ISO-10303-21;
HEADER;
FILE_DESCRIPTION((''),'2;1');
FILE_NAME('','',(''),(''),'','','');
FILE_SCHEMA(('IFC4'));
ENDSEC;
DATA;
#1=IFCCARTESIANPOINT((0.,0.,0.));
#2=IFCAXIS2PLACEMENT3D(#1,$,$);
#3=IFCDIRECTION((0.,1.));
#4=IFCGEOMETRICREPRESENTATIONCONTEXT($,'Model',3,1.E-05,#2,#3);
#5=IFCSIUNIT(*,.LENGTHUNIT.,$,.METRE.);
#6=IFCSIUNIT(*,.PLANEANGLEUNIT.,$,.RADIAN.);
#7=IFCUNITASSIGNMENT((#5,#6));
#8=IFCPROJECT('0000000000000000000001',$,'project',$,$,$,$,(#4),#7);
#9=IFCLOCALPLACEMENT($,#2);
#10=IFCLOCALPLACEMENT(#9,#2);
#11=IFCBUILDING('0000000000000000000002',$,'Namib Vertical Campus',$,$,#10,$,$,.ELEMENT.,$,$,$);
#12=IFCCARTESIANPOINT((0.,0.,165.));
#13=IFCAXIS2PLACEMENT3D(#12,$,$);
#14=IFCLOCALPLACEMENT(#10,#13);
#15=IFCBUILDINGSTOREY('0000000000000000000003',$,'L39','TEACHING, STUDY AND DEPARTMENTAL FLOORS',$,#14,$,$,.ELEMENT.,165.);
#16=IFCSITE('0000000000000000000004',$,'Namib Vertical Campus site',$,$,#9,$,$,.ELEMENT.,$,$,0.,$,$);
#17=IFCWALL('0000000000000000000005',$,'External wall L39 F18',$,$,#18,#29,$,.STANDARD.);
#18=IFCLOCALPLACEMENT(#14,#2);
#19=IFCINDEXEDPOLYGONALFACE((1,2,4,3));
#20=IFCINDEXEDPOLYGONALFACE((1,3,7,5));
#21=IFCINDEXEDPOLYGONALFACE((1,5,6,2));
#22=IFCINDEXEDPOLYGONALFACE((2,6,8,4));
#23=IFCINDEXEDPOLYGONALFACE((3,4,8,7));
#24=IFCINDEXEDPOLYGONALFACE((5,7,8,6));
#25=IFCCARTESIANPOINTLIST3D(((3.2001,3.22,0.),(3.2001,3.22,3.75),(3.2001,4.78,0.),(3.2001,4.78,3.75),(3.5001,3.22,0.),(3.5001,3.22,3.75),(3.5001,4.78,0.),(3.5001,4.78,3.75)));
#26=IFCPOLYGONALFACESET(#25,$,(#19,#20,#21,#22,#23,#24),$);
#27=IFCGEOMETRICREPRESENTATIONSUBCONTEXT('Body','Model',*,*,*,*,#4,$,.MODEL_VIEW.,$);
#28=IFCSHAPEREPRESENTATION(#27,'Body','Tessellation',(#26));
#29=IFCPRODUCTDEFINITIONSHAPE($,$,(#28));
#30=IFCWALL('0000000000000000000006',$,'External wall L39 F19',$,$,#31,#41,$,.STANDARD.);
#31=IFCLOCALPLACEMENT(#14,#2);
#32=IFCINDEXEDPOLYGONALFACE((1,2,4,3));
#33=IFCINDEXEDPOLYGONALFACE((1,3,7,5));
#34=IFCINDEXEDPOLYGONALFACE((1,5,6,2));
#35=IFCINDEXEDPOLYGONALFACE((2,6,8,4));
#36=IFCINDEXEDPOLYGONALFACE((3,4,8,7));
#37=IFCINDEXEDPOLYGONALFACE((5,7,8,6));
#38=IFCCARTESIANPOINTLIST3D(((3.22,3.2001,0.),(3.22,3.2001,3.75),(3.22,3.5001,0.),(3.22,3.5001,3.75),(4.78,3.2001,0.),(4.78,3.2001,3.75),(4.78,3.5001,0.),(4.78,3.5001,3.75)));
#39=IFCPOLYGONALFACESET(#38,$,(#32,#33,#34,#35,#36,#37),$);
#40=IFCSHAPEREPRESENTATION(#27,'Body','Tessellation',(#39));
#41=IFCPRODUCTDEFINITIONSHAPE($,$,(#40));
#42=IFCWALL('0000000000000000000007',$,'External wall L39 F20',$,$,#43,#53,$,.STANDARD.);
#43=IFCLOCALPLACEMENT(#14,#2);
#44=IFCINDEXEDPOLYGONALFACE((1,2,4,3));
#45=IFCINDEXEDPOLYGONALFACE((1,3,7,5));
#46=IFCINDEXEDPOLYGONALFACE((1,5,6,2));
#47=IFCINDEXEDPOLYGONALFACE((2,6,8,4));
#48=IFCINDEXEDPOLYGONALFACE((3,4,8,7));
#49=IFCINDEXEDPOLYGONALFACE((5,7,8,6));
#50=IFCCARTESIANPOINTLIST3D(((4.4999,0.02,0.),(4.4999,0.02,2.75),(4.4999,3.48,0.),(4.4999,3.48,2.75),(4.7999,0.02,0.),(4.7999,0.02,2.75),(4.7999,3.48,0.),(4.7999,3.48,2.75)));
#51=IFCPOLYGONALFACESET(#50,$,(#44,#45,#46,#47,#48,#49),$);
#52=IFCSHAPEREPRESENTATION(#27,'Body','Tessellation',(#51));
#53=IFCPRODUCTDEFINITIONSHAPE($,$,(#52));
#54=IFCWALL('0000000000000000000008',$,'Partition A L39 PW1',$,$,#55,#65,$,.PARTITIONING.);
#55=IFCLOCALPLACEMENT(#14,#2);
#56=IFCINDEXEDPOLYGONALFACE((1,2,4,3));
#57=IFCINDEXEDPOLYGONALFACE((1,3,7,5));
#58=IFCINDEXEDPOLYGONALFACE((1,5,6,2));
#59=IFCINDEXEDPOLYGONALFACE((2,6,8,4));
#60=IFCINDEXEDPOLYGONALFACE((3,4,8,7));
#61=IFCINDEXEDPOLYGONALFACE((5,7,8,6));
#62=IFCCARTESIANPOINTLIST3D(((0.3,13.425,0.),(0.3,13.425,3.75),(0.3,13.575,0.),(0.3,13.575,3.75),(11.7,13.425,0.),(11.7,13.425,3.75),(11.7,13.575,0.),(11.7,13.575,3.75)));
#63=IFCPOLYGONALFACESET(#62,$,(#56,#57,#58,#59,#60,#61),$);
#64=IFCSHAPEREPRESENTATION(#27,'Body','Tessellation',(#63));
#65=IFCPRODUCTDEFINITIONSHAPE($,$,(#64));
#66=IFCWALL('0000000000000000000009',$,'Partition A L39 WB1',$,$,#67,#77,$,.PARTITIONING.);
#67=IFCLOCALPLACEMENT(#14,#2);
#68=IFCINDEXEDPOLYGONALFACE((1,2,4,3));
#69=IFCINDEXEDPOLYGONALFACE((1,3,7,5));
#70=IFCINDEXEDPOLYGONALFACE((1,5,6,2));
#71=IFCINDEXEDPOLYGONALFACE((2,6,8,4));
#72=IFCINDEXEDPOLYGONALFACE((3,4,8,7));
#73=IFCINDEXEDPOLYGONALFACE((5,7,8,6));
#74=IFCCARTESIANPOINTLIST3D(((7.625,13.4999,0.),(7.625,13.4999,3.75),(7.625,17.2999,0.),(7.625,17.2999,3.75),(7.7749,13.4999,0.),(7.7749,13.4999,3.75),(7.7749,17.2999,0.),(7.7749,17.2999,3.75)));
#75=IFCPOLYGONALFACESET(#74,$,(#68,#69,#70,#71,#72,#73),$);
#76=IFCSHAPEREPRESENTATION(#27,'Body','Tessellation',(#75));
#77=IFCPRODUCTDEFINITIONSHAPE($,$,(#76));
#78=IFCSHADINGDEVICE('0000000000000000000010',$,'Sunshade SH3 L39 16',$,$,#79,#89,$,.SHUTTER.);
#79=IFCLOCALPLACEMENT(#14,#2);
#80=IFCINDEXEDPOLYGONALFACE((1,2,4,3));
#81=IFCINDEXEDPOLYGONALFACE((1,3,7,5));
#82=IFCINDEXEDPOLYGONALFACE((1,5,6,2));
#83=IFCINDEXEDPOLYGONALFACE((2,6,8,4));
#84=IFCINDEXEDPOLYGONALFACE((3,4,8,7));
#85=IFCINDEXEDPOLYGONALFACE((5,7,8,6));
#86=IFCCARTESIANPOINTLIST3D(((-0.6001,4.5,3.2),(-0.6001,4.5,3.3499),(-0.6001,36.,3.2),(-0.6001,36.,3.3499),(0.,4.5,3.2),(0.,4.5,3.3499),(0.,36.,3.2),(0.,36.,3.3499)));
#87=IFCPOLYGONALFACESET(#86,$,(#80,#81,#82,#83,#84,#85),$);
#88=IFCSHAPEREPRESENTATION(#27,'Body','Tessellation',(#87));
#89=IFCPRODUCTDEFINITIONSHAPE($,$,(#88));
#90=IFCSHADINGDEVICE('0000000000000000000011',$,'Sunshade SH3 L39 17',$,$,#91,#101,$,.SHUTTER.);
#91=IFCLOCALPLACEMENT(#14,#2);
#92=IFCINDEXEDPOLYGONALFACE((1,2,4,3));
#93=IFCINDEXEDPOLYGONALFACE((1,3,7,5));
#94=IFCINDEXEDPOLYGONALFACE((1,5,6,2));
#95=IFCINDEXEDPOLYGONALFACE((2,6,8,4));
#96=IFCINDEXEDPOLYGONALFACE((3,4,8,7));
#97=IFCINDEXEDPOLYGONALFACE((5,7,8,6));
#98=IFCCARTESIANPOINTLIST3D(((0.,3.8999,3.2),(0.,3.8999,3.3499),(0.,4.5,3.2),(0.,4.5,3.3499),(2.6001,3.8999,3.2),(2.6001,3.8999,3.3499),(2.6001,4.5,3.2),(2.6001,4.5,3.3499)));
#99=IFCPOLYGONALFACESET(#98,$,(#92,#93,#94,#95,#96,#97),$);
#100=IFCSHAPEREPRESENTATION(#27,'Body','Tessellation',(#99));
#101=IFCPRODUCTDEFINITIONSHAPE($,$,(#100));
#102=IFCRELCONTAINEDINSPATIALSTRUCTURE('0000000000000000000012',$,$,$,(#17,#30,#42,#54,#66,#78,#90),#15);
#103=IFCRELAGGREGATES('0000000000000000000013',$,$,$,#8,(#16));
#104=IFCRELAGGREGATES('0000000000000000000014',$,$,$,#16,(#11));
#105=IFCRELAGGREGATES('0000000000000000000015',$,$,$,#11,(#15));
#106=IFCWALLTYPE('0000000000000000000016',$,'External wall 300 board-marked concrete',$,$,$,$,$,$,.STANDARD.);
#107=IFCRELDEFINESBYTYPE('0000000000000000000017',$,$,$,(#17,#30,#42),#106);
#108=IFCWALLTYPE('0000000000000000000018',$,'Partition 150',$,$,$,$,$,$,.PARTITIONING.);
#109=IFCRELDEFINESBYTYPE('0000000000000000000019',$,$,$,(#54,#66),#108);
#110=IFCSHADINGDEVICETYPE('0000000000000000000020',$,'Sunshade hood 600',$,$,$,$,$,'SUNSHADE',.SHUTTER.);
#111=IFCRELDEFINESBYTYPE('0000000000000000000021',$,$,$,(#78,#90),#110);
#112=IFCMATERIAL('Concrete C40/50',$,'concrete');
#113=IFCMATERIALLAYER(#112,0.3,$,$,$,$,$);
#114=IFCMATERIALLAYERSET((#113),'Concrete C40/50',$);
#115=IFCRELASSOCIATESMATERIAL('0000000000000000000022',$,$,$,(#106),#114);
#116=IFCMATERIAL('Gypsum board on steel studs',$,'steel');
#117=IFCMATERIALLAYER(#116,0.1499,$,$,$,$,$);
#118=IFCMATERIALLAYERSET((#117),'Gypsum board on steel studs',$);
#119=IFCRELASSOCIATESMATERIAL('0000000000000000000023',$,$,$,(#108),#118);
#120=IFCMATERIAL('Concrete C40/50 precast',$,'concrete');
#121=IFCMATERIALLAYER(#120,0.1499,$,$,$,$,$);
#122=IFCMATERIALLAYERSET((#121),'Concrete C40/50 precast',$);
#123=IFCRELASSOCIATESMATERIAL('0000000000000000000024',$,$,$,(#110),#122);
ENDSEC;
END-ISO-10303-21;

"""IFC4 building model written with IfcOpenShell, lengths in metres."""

from ifc_helpers import new_model, si_unit, direction, frame, frame_2d, origin, origin_2d, place, context, subcontext, project, spatial, rectangle, extrude, material, layer, layer_set, type_object, element, save


model = new_model("IFC4")

# Units and contexts
model_context = context("Model", 3, precision=1e-05, world=origin(), true_north=direction((0.0, 1.0)))
body_context = subcontext(model_context, "Body", "Model", "MODEL_VIEW")
ifc_project = project(units=[si_unit("LENGTHUNIT", "METRE"), si_unit("PLANEANGLEUNIT", "RADIAN")], contexts=[model_context])

# Site, building, storey
site_placement = place(None, origin())
site = spatial("IfcSite", under=ifc_project, at=site_placement, Name="Namib Vertical Campus site", CompositionType="ELEMENT", RefElevation=0.0)
building_placement = place(site_placement, origin())
building = spatial("IfcBuilding", under=site, at=building_placement, Name="Namib Vertical Campus", CompositionType="ELEMENT")
storey_placement = place(building_placement, frame((0.0, 0.0, 165.0)))
storey = spatial("IfcBuildingStorey", under=building, at=storey_placement, Name="L39", Description="TEACHING, STUDY AND DEPARTMENTAL FLOORS", CompositionType="ELEMENT", Elevation=165.0)

# Walls
ifc_material_1 = material(Name="Concrete C40/50", Category="concrete")
ifc_layer_1 = layer(ifc_material_1, 0.3)
ifc_layer_set_1 = layer_set([ifc_layer_1], Name="Concrete C40/50")
wall_type_1 = type_object("IfcWallType", Name="External wall 300 board-marked concrete", PredefinedType="STANDARD", material=ifc_layer_set_1)
for number, where, z_axis, x_axis, name in (
    (1, (3.3501, 4.78, 0.0), (0.0, 0.0, 1.0), (0.0, -1.0, 0.0), "External wall L39 F18"),
    (2, (3.22, 3.3501, 0.0), (0.0, 0.0, 1.0), (1.0, 0.0, 0.0), "External wall L39 F19"),
):
    element("IfcWall", number, at=place(storey_placement, frame(where, z_axis=z_axis, x_axis=x_axis)), inside=storey, type_object=wall_type_1, Name=name, PredefinedType="STANDARD", context=body_context, shape_type="SweptSolid", body=[
        extrude(rectangle(XDim=1.5601, YDim=0.3, at=frame_2d((0.78, 0.0))), origin(), (0.0, 0.0, 1.0), 3.75),
    ])
wall_1_placement = place(storey_placement, frame((4.6499, 3.48, 0.0), z_axis=(0.0, 0.0, 1.0), x_axis=(0.0, -1.0, 0.0)))
element("IfcWall", 3, at=wall_1_placement, inside=storey, type_object=wall_type_1, Name="External wall L39 F20", PredefinedType="STANDARD", context=body_context, shape_type="SweptSolid", body=[
    extrude(rectangle(XDim=3.46, YDim=0.3, at=frame_2d((1.73, 0.0))), origin(), (0.0, 0.0, 1.0), 2.75),
])
ifc_material_2 = material(Name="Gypsum board on steel studs", Category="steel")
ifc_layer_2 = layer(ifc_material_2, 0.1499)
ifc_layer_set_2 = layer_set([ifc_layer_2], Name="Gypsum board on steel studs")
wall_type_2 = type_object("IfcWallType", Name="Partition 150", PredefinedType="PARTITIONING", material=ifc_layer_set_2)
wall_2_placement = place(storey_placement, frame((0.3, 13.5, 0.0), z_axis=(0.0, 0.0, 1.0), x_axis=(1.0, 0.0, 0.0)))
element("IfcWall", 4, at=wall_2_placement, inside=storey, type_object=wall_type_2, Name="Partition A L39 PW1", PredefinedType="PARTITIONING", context=body_context, shape_type="SweptSolid", body=[
    extrude(rectangle(XDim=11.3999, YDim=0.1499, at=frame_2d((5.7, 0.0))), origin(), (0.0, 0.0, 1.0), 3.75),
])
wall_3_placement = place(storey_placement, frame((7.7, 13.5, 0.0), z_axis=(0.0, 0.0, 1.0), x_axis=(0.0, 1.0, 0.0)))
element("IfcWall", 5, at=wall_3_placement, inside=storey, type_object=wall_type_2, Name="Partition A L39 WB1", PredefinedType="PARTITIONING", context=body_context, shape_type="SweptSolid", body=[
    extrude(rectangle(XDim=3.8, YDim=0.1499, at=frame_2d((1.8999, 0.0))), origin(), (0.0, 0.0, 1.0), 3.75),
])

# Shading devices
ifc_material_3 = material(Name="Concrete C40/50 precast", Category="concrete")
ifc_layer_3 = layer(ifc_material_3, 0.1499)
ifc_layer_set_3 = layer_set([ifc_layer_3], Name="Concrete C40/50 precast")
shading_device_type = type_object("IfcShadingDeviceType", Name="Sunshade hood 600", ElementType="SUNSHADE", PredefinedType="SHUTTER", material=ifc_layer_set_3)
shading_device_1_placement = place(storey_placement, frame((-0.3, 20.25, 3.2), z_axis=(0.0, 0.0, 1.0), x_axis=(0.0, -1.0, 0.0)))
element("IfcShadingDevice", 6, at=shading_device_1_placement, inside=storey, type_object=shading_device_type, Name="Sunshade SH3 L39 16", PredefinedType="SHUTTER", context=body_context, shape_type="SweptSolid", body=[
    extrude(rectangle(XDim=31.5, YDim=0.6001, at=origin_2d()), origin(), (0.0, 0.0, 1.0), 0.1499),
])
shading_device_2_placement = place(storey_placement, frame((1.3, 4.2, 3.2), z_axis=(0.0, 0.0, 1.0), x_axis=(1.0, 0.0, 0.0)))
element("IfcShadingDevice", 7, at=shading_device_2_placement, inside=storey, type_object=shading_device_type, Name="Sunshade SH3 L39 17", PredefinedType="SHUTTER", context=body_context, shape_type="SweptSolid", body=[
    extrude(rectangle(XDim=2.6001, YDim=0.6001, at=origin_2d()), origin(), (0.0, 0.0, 1.0), 0.1499),
])

save(model, "model.ifc")
